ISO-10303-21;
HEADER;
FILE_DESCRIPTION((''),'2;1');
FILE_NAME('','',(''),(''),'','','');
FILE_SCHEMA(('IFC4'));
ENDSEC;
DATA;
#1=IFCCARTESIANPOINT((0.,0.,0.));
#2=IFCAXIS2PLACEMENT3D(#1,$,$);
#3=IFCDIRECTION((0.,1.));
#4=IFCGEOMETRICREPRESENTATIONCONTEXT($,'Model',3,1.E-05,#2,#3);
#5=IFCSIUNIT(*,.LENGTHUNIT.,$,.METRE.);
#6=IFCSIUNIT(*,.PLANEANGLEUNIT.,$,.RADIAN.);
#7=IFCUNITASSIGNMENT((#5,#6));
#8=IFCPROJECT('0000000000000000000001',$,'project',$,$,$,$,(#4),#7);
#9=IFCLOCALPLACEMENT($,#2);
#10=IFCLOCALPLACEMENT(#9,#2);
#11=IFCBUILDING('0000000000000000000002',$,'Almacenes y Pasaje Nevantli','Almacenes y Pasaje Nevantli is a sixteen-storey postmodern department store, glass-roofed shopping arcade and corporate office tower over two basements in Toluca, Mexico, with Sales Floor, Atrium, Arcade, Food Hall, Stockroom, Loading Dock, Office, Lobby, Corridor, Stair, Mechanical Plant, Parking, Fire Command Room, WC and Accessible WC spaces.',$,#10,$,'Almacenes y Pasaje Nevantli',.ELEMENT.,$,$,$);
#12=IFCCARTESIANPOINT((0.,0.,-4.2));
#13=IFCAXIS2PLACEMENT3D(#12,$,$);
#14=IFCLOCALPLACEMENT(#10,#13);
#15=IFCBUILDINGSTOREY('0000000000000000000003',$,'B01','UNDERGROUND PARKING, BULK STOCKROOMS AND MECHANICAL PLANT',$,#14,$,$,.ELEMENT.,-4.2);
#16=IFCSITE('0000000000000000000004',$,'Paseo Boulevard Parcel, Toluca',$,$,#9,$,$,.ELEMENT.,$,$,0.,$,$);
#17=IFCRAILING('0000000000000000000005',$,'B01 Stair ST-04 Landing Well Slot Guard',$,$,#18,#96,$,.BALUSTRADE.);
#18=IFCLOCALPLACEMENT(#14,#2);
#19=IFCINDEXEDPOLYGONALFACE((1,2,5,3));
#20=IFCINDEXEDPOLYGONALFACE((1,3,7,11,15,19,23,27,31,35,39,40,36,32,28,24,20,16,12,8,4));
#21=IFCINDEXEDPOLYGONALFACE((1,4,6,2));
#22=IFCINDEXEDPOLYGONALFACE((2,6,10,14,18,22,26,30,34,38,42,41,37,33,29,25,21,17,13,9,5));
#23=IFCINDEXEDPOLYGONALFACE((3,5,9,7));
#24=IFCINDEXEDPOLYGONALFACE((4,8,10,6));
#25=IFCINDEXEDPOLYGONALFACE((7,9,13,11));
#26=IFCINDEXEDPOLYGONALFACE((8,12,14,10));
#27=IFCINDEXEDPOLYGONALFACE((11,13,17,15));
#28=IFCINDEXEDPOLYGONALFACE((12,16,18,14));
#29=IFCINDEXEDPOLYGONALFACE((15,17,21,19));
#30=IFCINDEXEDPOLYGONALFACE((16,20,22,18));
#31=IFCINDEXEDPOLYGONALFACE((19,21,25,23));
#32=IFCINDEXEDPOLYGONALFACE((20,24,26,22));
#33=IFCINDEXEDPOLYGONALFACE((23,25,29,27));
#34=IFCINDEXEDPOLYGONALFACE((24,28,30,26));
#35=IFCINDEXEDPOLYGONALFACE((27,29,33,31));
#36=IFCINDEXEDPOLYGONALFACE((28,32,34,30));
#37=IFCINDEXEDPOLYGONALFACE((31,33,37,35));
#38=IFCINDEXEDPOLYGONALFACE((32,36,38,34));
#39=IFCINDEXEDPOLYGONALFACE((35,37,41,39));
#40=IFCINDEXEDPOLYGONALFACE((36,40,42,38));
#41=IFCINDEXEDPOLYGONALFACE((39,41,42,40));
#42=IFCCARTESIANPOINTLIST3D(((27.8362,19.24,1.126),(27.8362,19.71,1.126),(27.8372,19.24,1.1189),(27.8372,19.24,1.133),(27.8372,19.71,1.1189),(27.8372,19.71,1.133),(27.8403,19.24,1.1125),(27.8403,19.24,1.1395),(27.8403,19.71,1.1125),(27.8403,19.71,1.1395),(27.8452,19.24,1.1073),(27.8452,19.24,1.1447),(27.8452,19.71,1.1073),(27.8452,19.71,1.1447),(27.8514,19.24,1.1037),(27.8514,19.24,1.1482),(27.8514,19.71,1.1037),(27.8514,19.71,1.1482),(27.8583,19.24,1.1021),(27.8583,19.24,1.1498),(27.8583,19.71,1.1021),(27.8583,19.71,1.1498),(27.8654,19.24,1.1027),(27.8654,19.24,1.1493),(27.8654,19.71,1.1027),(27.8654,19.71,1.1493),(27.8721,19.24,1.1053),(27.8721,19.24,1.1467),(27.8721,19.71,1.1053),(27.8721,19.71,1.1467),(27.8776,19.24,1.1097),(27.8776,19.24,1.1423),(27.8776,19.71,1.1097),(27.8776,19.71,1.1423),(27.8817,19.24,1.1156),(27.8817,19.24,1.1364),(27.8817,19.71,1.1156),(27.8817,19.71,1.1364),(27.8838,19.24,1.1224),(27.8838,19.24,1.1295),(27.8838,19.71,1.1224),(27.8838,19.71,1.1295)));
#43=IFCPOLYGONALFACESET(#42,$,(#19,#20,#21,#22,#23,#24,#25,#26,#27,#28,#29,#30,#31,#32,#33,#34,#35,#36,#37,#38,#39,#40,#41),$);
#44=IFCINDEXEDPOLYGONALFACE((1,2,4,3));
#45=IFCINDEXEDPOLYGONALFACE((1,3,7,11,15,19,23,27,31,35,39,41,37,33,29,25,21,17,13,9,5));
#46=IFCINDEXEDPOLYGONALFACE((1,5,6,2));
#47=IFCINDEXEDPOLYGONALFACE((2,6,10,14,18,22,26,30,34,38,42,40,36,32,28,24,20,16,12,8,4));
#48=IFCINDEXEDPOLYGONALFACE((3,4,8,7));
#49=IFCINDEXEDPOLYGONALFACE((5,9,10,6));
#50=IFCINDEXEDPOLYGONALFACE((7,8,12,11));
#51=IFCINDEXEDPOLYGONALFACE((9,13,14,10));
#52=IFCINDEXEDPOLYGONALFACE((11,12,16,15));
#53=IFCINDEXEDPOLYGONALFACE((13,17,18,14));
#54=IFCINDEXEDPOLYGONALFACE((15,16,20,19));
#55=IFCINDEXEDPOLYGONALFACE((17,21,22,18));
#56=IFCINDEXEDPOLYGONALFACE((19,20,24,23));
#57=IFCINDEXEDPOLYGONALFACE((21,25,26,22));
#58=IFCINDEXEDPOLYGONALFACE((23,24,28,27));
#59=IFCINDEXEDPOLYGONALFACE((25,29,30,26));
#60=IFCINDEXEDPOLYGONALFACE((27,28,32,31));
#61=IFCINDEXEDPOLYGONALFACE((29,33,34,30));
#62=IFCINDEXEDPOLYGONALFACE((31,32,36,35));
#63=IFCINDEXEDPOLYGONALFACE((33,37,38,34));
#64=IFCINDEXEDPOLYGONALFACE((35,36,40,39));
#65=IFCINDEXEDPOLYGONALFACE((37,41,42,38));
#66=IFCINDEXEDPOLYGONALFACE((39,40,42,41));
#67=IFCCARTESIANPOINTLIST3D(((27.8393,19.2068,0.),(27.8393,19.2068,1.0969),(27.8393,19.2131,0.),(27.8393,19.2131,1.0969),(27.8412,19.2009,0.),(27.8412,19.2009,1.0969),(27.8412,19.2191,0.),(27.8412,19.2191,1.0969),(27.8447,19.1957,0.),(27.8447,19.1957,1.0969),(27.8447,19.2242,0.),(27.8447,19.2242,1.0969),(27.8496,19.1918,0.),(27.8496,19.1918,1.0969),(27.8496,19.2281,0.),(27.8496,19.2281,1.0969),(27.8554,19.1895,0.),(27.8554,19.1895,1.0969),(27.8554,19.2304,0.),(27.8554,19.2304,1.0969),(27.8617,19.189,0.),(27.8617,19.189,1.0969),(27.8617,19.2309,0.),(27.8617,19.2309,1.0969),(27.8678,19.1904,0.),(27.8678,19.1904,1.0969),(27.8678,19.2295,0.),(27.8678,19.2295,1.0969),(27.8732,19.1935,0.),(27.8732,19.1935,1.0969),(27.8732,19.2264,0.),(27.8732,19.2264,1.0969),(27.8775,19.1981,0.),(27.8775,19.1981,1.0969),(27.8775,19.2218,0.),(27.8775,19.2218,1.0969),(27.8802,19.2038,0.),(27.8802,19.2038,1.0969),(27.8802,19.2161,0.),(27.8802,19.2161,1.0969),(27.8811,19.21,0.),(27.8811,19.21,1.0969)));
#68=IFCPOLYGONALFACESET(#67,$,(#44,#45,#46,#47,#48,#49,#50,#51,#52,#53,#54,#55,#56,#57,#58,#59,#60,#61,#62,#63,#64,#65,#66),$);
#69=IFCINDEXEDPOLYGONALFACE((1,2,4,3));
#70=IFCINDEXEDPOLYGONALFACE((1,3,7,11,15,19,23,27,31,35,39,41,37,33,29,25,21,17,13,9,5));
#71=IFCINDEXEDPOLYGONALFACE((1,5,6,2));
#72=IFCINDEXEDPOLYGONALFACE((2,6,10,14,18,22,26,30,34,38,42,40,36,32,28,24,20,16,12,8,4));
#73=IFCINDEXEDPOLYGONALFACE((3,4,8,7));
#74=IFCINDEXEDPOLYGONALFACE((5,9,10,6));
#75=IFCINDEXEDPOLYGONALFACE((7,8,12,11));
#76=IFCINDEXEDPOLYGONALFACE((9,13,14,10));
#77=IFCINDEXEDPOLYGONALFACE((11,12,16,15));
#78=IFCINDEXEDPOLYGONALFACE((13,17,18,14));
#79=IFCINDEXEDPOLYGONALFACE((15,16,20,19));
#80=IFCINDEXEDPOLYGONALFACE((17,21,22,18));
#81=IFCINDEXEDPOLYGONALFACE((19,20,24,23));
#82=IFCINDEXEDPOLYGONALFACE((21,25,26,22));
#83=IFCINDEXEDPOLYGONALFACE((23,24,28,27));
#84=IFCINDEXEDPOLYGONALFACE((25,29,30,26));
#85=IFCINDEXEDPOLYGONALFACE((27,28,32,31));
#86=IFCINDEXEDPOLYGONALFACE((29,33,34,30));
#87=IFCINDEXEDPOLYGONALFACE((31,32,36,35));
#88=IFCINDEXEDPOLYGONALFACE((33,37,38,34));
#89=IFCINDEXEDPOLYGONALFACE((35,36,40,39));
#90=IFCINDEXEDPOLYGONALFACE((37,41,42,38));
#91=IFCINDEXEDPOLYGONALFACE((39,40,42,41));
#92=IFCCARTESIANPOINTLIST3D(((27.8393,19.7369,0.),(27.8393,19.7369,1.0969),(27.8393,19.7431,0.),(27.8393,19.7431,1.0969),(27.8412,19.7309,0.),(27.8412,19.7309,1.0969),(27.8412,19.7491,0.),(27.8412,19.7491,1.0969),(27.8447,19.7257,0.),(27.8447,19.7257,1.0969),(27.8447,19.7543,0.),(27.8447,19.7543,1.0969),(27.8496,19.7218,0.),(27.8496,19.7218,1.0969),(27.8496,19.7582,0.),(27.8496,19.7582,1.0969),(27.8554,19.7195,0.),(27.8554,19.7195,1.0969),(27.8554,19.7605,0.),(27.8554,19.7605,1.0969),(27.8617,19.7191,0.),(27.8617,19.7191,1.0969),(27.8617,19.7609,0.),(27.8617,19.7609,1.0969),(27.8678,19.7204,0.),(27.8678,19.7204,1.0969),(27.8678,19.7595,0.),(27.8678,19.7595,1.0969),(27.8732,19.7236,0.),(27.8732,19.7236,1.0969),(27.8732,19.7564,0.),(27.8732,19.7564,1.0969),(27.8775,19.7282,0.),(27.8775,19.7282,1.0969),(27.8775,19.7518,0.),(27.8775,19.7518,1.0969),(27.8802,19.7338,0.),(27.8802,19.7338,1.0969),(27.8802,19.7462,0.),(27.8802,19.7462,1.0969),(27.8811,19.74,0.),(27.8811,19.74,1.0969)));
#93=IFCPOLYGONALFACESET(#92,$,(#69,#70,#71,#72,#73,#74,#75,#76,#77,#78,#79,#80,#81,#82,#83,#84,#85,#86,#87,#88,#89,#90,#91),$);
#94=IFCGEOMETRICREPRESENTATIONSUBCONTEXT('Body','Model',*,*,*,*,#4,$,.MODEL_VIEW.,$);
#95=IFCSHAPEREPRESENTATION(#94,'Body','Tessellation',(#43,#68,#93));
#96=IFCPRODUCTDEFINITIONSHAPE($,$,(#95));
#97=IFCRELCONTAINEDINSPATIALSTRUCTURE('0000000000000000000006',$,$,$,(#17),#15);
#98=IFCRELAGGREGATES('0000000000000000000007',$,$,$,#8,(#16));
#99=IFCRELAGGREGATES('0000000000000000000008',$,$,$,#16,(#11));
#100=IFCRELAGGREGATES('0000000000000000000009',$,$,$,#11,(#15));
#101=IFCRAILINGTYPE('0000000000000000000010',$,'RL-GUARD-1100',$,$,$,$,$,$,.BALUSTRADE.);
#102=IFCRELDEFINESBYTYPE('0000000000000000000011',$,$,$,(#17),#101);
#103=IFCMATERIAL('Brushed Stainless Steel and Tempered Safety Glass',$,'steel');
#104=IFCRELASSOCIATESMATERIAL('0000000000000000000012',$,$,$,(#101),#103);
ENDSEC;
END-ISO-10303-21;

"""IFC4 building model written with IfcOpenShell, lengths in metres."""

from ifc_helpers import new_model, si_unit, direction, frame, origin, origin_2d, place, context, subcontext, project, spatial, circle, extrude, material, type_object, element, save


model = new_model("IFC4")

# Units and contexts
model_context = context("Model", 3, precision=1e-05, world=origin(), true_north=direction((0.0, 1.0)))
body_context = subcontext(model_context, "Body", "Model", "MODEL_VIEW")
ifc_project = project(units=[si_unit("LENGTHUNIT", "METRE"), si_unit("PLANEANGLEUNIT", "RADIAN")], contexts=[model_context])

# Site, building, storey
site_placement = place(None, origin())
site = spatial("IfcSite", under=ifc_project, at=site_placement, Name="Paseo Boulevard Parcel, Toluca", CompositionType="ELEMENT", RefElevation=0.0)
building_placement = place(site_placement, origin())
building = spatial("IfcBuilding", under=site, at=building_placement, Name="Almacenes y Pasaje Nevantli", Description="Almacenes y Pasaje Nevantli is a sixteen-storey postmodern department store, glass-roofed shopping arcade and corporate office tower over two basements in Toluca, Mexico, with Sales Floor, Atrium, Arcade, Food Hall, Stockroom, Loading Dock, Office, Lobby, Corridor, Stair, Mechanical Plant, Parking, Fire Command Room, WC and Accessible WC spaces.", LongName="Almacenes y Pasaje Nevantli", CompositionType="ELEMENT")
storey_placement = place(building_placement, frame((0.0, 0.0, -4.2)))
storey = spatial("IfcBuildingStorey", under=building, at=storey_placement, Name="B01", Description="UNDERGROUND PARKING, BULK STOCKROOMS AND MECHANICAL PLANT", CompositionType="ELEMENT", Elevation=-4.2)

# Railing
ifc_material_1 = material(Name="Brushed Stainless Steel and Tempered Safety Glass", Category="steel")
railing_type_1 = type_object("IfcRailingType", Name="RL-GUARD-1100", PredefinedType="BALUSTRADE", material=ifc_material_1)
railing_1_placement = place(storey_placement, frame((27.8601, 19.21, 0.0)))
element("IfcRailing", 1, at=railing_1_placement, inside=storey, type_object=railing_type_1, Name="B01 Stair ST-04 Landing Well Slot Guard", PredefinedType="BALUSTRADE", context=body_context, shape_type="SweptSolid", body=[
    extrude(circle(Radius=0.0239, at=origin_2d()), frame((0.0, 0.03, 1.126), z_axis=(0.0, 1.0, 0.0), x_axis=(-1.0, 0.0, 0.0)), (0.0, 0.0, 1.0), 0.47),
    extrude(circle(Radius=0.021, at=origin_2d()), origin(), (0.0, 0.0, 1.0), 1.0969),
    extrude(circle(Radius=0.021, at=origin_2d()), frame((0.0, 0.53, 0.0)), (0.0, 0.0, 1.0), 1.0969),
])

save(model, "model.ifc")
